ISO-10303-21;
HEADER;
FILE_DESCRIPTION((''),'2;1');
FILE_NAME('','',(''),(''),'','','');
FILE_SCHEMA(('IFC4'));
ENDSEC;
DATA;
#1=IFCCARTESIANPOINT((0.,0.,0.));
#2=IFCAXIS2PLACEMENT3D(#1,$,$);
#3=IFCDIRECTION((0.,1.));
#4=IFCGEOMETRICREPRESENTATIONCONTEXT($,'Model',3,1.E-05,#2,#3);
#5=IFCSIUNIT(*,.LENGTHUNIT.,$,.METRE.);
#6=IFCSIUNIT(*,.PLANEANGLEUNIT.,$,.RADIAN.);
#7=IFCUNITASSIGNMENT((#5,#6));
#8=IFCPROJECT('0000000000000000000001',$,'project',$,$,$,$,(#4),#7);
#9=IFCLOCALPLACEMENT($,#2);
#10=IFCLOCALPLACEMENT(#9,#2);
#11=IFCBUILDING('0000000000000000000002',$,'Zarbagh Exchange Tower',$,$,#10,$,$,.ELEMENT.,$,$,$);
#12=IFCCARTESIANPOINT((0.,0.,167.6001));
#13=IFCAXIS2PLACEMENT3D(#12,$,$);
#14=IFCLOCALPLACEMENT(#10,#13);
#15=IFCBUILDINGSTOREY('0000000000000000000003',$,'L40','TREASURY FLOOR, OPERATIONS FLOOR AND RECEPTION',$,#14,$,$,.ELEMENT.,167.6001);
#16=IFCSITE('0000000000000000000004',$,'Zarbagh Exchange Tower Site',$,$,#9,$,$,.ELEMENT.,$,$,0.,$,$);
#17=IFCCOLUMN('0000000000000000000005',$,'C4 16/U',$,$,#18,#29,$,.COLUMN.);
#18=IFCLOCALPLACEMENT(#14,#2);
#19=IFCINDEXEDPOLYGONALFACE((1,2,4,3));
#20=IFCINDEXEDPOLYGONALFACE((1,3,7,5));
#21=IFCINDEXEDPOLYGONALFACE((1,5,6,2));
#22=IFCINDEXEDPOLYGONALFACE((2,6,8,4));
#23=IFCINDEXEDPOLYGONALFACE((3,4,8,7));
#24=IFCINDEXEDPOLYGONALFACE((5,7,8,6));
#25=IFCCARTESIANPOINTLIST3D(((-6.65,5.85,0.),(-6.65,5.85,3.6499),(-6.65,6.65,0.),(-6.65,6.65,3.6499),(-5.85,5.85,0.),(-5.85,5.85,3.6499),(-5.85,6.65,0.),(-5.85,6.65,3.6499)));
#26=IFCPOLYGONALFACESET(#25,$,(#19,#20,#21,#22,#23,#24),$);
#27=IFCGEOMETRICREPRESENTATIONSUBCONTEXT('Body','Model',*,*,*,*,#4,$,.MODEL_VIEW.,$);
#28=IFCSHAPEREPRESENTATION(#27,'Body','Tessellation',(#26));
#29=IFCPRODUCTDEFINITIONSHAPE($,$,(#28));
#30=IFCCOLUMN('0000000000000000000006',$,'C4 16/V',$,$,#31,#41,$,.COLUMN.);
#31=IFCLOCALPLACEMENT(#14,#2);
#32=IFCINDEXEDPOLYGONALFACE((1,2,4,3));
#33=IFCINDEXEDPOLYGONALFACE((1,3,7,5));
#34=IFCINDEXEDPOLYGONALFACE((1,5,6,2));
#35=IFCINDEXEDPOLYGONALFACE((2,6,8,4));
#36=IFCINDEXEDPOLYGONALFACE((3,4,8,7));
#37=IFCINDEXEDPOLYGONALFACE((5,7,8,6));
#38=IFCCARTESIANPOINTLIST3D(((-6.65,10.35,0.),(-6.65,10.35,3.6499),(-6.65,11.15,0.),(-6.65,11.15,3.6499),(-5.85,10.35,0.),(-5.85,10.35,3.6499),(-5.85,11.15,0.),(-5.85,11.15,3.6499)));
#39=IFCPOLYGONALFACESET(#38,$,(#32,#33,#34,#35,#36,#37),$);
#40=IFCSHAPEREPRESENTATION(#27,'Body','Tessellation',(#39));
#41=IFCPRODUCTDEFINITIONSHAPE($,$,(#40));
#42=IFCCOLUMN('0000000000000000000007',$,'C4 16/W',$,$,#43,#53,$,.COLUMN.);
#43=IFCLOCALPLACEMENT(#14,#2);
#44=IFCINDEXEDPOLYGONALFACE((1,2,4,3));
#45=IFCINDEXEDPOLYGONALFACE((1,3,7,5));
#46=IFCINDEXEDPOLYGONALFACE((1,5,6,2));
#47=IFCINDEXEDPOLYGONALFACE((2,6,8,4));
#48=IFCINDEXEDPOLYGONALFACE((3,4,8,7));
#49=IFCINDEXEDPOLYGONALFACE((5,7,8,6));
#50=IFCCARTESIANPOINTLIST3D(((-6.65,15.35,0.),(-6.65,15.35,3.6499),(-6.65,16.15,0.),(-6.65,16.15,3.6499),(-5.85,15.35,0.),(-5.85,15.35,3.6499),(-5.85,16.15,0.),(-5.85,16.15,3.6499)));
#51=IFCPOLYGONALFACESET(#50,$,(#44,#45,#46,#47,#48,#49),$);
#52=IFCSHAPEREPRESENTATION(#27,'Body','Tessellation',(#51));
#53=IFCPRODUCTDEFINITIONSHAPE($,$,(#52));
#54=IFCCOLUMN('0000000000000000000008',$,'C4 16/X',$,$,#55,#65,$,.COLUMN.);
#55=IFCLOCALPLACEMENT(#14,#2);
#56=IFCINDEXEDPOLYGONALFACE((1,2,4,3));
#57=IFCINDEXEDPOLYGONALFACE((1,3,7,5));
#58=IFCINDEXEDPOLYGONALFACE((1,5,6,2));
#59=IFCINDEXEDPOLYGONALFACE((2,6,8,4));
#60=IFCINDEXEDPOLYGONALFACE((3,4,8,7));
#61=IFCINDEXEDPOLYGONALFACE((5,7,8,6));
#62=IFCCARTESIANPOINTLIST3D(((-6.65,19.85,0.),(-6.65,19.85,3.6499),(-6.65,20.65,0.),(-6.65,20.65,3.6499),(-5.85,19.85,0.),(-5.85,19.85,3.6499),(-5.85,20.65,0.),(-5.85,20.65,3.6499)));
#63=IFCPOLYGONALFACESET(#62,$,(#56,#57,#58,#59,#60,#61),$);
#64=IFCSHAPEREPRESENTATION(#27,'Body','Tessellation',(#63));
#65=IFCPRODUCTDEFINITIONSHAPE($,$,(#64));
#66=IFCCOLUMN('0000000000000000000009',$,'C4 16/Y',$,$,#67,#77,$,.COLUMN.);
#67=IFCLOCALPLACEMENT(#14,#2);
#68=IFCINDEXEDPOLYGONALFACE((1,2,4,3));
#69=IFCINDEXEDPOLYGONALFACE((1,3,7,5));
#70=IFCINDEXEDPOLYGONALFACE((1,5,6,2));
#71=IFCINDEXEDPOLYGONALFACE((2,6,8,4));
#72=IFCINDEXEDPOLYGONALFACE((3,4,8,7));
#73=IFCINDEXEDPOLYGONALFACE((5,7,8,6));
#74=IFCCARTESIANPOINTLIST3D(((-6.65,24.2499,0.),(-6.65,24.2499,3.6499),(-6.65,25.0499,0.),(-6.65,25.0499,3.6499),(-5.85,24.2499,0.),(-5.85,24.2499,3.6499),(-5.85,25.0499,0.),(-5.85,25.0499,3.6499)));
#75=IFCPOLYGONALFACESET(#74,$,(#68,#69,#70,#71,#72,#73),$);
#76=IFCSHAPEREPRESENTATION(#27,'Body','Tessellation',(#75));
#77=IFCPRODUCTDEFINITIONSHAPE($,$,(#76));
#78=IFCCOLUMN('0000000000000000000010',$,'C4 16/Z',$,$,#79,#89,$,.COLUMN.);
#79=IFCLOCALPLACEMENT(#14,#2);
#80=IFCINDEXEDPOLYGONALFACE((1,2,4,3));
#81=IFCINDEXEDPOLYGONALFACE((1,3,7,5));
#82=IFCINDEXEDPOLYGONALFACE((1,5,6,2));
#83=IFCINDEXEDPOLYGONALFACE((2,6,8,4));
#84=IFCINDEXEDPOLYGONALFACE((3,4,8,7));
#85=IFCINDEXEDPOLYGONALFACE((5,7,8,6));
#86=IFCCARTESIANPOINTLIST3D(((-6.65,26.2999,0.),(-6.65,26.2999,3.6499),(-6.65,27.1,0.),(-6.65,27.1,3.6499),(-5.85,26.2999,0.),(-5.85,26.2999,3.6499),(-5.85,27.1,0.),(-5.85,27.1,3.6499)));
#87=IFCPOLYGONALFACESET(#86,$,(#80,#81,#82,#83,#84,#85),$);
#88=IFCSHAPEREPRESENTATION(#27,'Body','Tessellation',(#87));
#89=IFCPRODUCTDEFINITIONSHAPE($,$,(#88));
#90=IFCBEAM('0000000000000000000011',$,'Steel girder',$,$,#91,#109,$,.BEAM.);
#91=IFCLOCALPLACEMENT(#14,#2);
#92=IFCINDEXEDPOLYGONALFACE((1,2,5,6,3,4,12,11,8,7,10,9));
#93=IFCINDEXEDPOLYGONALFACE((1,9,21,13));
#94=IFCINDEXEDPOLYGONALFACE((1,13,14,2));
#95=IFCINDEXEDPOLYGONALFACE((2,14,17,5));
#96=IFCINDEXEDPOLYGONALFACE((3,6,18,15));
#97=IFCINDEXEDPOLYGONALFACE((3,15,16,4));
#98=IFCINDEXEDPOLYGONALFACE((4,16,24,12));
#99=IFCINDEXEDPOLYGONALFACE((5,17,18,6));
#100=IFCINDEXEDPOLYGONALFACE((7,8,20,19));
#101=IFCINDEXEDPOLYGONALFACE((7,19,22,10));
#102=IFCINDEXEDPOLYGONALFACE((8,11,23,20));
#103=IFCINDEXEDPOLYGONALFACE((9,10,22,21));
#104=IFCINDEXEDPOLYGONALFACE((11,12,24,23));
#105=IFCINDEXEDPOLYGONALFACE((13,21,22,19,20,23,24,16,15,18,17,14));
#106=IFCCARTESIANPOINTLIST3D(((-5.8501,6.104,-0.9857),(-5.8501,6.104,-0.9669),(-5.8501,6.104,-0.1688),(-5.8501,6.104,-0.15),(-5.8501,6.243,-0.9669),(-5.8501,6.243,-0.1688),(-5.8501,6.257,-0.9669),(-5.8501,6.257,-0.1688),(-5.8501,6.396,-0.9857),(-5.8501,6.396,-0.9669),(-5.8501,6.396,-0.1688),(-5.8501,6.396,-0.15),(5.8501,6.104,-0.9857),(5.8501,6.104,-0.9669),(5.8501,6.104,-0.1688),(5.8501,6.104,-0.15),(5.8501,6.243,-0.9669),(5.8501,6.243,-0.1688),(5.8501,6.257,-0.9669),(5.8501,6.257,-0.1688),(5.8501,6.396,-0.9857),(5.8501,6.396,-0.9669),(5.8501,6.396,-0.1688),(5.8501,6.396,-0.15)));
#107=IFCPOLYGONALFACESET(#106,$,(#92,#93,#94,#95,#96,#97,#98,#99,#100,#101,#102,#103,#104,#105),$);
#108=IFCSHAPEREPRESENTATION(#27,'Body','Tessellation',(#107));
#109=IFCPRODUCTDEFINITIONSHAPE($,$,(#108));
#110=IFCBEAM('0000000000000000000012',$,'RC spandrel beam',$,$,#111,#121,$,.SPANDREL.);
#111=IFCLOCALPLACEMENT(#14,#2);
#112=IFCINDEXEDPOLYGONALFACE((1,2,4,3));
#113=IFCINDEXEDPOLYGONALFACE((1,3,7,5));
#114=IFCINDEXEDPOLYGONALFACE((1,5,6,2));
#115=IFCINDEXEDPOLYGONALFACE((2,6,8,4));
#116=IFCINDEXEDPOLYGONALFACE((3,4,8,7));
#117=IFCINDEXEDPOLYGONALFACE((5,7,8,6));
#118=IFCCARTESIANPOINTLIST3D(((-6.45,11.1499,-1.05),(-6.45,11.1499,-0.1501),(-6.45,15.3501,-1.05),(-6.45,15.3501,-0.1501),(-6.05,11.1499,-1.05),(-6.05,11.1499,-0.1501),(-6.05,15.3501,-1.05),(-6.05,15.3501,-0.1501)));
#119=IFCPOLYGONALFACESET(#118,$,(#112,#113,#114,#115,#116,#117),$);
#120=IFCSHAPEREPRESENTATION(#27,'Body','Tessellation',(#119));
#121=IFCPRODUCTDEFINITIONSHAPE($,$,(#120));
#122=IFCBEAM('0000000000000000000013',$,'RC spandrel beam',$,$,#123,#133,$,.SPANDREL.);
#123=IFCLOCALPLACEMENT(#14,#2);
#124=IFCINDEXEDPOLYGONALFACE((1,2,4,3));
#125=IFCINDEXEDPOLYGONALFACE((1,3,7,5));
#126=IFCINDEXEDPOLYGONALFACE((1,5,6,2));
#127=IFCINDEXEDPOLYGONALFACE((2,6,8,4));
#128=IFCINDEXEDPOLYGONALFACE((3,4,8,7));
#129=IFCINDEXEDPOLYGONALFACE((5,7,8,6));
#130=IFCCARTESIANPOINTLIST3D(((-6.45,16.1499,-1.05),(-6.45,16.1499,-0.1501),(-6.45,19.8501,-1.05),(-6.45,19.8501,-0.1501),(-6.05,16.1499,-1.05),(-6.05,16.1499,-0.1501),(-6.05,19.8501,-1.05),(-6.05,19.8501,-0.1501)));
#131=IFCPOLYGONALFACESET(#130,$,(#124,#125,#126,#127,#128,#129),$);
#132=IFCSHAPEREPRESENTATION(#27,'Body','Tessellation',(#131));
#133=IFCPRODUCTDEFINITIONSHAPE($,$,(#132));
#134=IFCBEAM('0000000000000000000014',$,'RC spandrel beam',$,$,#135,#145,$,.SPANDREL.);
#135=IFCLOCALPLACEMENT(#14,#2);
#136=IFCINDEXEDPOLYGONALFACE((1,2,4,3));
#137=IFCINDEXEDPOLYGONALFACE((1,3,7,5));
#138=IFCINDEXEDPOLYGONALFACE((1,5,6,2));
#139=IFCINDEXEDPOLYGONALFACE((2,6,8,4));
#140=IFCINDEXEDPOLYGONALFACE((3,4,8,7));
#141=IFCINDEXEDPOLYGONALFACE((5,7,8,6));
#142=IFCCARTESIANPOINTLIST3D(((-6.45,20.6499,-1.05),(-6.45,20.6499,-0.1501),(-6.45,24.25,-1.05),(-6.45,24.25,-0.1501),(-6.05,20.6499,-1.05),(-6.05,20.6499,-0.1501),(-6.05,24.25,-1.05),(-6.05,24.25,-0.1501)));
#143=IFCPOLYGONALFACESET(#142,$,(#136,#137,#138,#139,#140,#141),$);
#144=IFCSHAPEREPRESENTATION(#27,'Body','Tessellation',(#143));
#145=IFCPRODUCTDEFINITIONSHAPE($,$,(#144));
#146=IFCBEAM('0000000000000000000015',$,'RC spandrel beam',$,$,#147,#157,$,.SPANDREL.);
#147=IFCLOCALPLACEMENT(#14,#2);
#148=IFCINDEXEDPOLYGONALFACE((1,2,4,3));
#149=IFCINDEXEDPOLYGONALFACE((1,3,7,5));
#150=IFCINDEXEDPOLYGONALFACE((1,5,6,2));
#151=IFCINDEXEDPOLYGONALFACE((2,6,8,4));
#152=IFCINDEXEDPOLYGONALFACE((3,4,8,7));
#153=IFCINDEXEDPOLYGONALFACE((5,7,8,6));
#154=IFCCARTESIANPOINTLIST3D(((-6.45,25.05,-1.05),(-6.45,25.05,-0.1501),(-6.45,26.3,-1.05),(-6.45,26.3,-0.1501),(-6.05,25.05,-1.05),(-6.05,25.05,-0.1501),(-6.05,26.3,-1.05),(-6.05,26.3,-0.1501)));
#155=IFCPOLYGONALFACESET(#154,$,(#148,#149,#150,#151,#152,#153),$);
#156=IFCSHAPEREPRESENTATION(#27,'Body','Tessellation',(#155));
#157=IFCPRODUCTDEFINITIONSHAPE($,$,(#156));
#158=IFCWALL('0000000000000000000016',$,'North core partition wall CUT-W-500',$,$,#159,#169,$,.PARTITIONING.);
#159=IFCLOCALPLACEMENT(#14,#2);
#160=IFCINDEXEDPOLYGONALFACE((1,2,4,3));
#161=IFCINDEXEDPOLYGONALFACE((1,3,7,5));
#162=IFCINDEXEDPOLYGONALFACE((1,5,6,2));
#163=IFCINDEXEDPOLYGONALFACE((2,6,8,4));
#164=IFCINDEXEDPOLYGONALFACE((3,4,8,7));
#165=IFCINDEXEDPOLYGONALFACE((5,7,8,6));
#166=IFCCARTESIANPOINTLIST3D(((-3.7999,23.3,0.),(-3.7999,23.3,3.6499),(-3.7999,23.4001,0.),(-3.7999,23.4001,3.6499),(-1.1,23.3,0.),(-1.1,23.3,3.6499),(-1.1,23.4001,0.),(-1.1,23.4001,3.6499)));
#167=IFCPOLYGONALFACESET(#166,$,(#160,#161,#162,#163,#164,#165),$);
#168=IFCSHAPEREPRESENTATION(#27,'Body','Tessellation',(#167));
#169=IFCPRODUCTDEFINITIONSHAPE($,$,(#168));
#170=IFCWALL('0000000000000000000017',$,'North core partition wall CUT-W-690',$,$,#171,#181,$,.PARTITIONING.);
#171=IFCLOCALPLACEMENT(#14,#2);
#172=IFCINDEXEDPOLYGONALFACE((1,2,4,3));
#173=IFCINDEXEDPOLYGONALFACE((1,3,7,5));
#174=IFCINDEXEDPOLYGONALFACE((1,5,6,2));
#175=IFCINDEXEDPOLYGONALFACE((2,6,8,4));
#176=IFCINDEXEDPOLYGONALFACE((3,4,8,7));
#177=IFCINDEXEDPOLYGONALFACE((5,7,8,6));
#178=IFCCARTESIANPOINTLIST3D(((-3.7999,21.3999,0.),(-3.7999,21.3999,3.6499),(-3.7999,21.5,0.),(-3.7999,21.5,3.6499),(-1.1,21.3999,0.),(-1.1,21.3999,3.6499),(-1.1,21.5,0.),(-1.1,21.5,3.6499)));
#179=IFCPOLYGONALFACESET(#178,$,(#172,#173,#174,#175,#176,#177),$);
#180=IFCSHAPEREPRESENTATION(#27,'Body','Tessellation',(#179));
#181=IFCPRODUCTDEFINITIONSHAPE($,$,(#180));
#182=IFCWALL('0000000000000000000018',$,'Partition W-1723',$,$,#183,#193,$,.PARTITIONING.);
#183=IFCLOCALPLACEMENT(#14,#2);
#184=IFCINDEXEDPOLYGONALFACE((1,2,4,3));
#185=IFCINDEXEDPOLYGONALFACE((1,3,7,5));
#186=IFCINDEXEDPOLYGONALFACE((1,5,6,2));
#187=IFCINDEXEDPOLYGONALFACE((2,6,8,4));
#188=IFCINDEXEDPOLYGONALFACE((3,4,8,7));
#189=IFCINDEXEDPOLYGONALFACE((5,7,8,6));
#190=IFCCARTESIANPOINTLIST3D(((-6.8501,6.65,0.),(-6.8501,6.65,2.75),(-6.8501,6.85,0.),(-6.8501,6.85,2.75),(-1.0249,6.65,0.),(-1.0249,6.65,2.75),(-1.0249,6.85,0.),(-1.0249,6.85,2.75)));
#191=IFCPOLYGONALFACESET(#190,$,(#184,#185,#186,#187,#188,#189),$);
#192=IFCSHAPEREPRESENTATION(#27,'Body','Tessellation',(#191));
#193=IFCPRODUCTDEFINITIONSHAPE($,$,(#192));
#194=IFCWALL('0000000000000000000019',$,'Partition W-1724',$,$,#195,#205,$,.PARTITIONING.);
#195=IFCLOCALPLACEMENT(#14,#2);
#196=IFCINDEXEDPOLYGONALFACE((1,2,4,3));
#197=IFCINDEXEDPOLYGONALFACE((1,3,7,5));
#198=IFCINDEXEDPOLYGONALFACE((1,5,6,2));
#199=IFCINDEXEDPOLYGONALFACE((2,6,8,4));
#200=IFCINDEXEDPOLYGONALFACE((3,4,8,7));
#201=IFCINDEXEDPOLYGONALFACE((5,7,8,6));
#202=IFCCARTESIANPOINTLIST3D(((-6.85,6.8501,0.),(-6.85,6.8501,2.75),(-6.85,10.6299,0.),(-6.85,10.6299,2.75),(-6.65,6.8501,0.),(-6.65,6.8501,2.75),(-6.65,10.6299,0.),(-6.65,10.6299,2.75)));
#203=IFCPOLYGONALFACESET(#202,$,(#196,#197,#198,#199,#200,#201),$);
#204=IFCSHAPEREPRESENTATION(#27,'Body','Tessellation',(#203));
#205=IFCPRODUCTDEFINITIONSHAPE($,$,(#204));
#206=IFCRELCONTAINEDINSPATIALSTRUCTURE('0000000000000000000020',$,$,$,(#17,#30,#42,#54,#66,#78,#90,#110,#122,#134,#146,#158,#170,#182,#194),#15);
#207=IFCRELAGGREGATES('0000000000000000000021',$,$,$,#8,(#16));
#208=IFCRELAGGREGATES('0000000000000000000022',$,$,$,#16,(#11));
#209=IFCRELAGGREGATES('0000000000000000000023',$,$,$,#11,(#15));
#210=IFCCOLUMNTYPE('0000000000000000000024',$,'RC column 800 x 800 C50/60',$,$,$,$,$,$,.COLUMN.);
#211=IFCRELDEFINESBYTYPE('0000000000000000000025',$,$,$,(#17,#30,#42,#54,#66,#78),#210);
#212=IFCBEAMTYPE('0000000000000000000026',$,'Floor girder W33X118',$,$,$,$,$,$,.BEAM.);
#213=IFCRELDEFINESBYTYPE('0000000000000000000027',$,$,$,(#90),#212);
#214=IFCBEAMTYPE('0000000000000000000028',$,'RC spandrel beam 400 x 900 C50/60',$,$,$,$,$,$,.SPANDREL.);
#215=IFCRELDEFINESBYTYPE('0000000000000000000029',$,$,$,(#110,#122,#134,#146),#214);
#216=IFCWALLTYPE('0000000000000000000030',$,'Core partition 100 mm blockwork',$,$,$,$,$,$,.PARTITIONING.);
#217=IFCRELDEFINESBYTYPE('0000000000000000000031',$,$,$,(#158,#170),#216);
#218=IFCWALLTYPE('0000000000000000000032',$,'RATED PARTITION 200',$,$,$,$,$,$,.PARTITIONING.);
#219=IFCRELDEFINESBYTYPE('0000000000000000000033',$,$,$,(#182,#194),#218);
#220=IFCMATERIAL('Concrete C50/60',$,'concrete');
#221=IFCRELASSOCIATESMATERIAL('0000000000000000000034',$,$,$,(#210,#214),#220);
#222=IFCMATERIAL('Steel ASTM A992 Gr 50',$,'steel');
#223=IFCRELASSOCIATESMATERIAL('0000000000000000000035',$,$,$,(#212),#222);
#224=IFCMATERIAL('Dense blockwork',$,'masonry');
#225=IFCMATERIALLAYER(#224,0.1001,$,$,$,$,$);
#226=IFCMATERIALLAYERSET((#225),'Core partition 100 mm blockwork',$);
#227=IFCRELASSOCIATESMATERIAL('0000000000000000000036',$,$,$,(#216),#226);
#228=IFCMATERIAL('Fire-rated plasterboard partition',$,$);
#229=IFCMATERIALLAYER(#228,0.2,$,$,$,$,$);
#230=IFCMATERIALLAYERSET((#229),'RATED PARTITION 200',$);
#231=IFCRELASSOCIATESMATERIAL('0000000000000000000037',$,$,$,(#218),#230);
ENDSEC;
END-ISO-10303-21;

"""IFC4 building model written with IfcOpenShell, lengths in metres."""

from ifc_helpers import new_model, si_unit, direction, frame, frame_2d, origin, origin_2d, place, context, subcontext, project, spatial, rectangle, i_section, extrude, material, layer, layer_set, material_profile, profile_set, type_object, element, save


model = new_model("IFC4")

# Units and contexts
model_context = context("Model", 3, precision=1e-05, world=origin(), true_north=direction((0.0, 1.0)))
body_context = subcontext(model_context, "Body", "Model", "MODEL_VIEW")
ifc_project = project(units=[si_unit("LENGTHUNIT", "METRE"), si_unit("PLANEANGLEUNIT", "RADIAN")], contexts=[model_context])

# Site, building, storey
site_placement = place(None, origin())
site = spatial("IfcSite", under=ifc_project, at=site_placement, Name="Zarbagh Exchange Tower Site", CompositionType="ELEMENT", RefElevation=0.0)
building_placement = place(site_placement, origin())
building = spatial("IfcBuilding", under=site, at=building_placement, Name="Zarbagh Exchange Tower", CompositionType="ELEMENT")
storey_placement = place(building_placement, frame((0.0, 0.0, 167.6001)))
storey = spatial("IfcBuildingStorey", under=building, at=storey_placement, Name="L40", Description="TREASURY FLOOR, OPERATIONS FLOOR AND RECEPTION", CompositionType="ELEMENT", Elevation=167.6001)

# Columns
ifc_material_1 = material(Name="Concrete C50/60", Category="concrete")
ifc_material_profile_1 = material_profile(ifc_material_1, rectangle(XDim=0.8, YDim=0.8, at=origin_2d()), Name="RC column 800 x 800 C50/60")
ifc_profile_set_1 = profile_set([ifc_material_profile_1], Name="Concrete C50/60")
column_type = type_object("IfcColumnType", Name="RC column 800 x 800 C50/60", PredefinedType="COLUMN", material=ifc_profile_set_1)
for number, where, z_axis, x_axis, name in (
    (1, (-6.25, 6.25, 0.0), (0.0, 0.0, 1.0), (1.0, 0.0, 0.0), "C4 16/U"),
    (2, (-6.25, 10.75, 0.0), (0.0, 0.0, 1.0), (1.0, 0.0, 0.0), "C4 16/V"),
    (3, (-6.25, 15.75, 0.0), (0.0, 0.0, 1.0), (1.0, 0.0, 0.0), "C4 16/W"),
    (4, (-6.25, 20.25, 0.0), (0.0, 0.0, 1.0), (1.0, 0.0, 0.0), "C4 16/X"),
    (5, (-6.25, 24.6499, 0.0), (0.0, 0.0, 1.0), (1.0, 0.0, 0.0), "C4 16/Y"),
    (6, (-6.25, 26.7, 0.0), (0.0, 0.0, 1.0), (1.0, 0.0, 0.0), "C4 16/Z"),
):
    element("IfcColumn", number, at=place(storey_placement, frame(where, z_axis=z_axis, x_axis=x_axis)), inside=storey, type_object=column_type, Name=name, PredefinedType="COLUMN", context=body_context, shape_type="SweptSolid", body=[
        extrude(rectangle(XDim=0.8, YDim=0.8, at=origin_2d()), origin(), (0.0, 0.0, 1.0), 3.6499),
    ])

# Beams
ifc_material_2 = material(Name="Steel ASTM A992 Gr 50", Category="steel")
ifc_material_profile_2 = material_profile(ifc_material_2, i_section(OverallWidth=0.292, OverallDepth=0.8357, WebThickness=0.0139, FlangeThickness=0.0188, at=origin_2d()), Name="W33X118")
ifc_profile_set_2 = profile_set([ifc_material_profile_2], Name="Steel ASTM A992 Gr 50")
beam_type_1 = type_object("IfcBeamType", Name="Floor girder W33X118", PredefinedType="BEAM", material=ifc_profile_set_2)
beam_1_placement = place(storey_placement, frame((-5.8501, 6.25, -0.5679), z_axis=(1.0, 0.0, 0.0), x_axis=(0.0, 1.0, 0.0)))
element("IfcBeam", 7, at=beam_1_placement, inside=storey, type_object=beam_type_1, Name="Steel girder", PredefinedType="BEAM", context=body_context, shape_type="SweptSolid", body=[
    extrude(i_section(OverallWidth=0.292, OverallDepth=0.8357, WebThickness=0.0139, FlangeThickness=0.0188, at=origin_2d()), origin(), (0.0, 0.0, 1.0), 11.7002),
])
ifc_material_profile_3 = material_profile(ifc_material_1, rectangle(XDim=0.3999, YDim=0.8999, at=origin_2d()), Name="RC spandrel beam 400 x 900 C50/60")
ifc_profile_set_3 = profile_set([ifc_material_profile_3], Name="Concrete C50/60")
beam_type_2 = type_object("IfcBeamType", Name="RC spandrel beam 400 x 900 C50/60", PredefinedType="SPANDREL", material=ifc_profile_set_3)
beam_2_placement = place(storey_placement, frame((-6.25, 11.1499, -0.6001), z_axis=(0.0, 1.0, 0.0), x_axis=(-1.0, 0.0, 0.0)))
element("IfcBeam", 8, at=beam_2_placement, inside=storey, type_object=beam_type_2, Name="RC spandrel beam", PredefinedType="SPANDREL", context=body_context, shape_type="SweptSolid", body=[
    extrude(rectangle(XDim=0.3999, YDim=0.8999, at=origin_2d()), origin(), (0.0, 0.0, 1.0), 4.2002),
])
beam_3_placement = place(storey_placement, frame((-6.25, 16.1499, -0.6001), z_axis=(0.0, 1.0, 0.0), x_axis=(-1.0, 0.0, 0.0)))
element("IfcBeam", 9, at=beam_3_placement, inside=storey, type_object=beam_type_2, Name="RC spandrel beam", PredefinedType="SPANDREL", context=body_context, shape_type="SweptSolid", body=[
    extrude(rectangle(XDim=0.3999, YDim=0.8999, at=origin_2d()), origin(), (0.0, 0.0, 1.0), 3.7002),
])
beam_4_placement = place(storey_placement, frame((-6.25, 20.6499, -0.6001), z_axis=(0.0, 1.0, 0.0), x_axis=(-1.0, 0.0, 0.0)))
element("IfcBeam", 10, at=beam_4_placement, inside=storey, type_object=beam_type_2, Name="RC spandrel beam", PredefinedType="SPANDREL", context=body_context, shape_type="SweptSolid", body=[
    extrude(rectangle(XDim=0.3999, YDim=0.8999, at=origin_2d()), origin(), (0.0, 0.0, 1.0), 3.6001),
])
beam_5_placement = place(storey_placement, frame((-6.25, 25.05, -0.6001), z_axis=(0.0, 1.0, 0.0), x_axis=(-1.0, 0.0, 0.0)))
element("IfcBeam", 11, at=beam_5_placement, inside=storey, type_object=beam_type_2, Name="RC spandrel beam", PredefinedType="SPANDREL", context=body_context, shape_type="SweptSolid", body=[
    extrude(rectangle(XDim=0.3999, YDim=0.8999, at=origin_2d()), origin(), (0.0, 0.0, 1.0), 1.25),
])

# Walls
ifc_material_3 = material(Name="Dense blockwork", Category="masonry")
ifc_layer_1 = layer(ifc_material_3, 0.1001)
ifc_layer_set_1 = layer_set([ifc_layer_1], Name="Core partition 100 mm blockwork")
wall_type_1 = type_object("IfcWallType", Name="Core partition 100 mm blockwork", PredefinedType="PARTITIONING", material=ifc_layer_set_1)
for number, where, z_axis, x_axis, name in (
    (12, (-3.8, 23.3501, 0.0), (0.0, 0.0, 1.0), (1.0, 0.0, 0.0), "North core partition wall CUT-W-500"),
    (13, (-3.8, 21.45, 0.0), (0.0, 0.0, 1.0), (1.0, 0.0, 0.0), "North core partition wall CUT-W-690"),
):
    element("IfcWall", number, at=place(storey_placement, frame(where, z_axis=z_axis, x_axis=x_axis)), inside=storey, type_object=wall_type_1, Name=name, PredefinedType="PARTITIONING", context=body_context, shape_type="SweptSolid", body=[
        extrude(rectangle(XDim=2.7, YDim=0.1001, at=frame_2d((1.3501, 0.0))), origin(), (0.0, 0.0, 1.0), 3.6499),
    ])
ifc_material_4 = material(Name="Fire-rated plasterboard partition")
ifc_layer_2 = layer(ifc_material_4, 0.2)
ifc_layer_set_2 = layer_set([ifc_layer_2], Name="RATED PARTITION 200")
wall_type_2 = type_object("IfcWallType", Name="RATED PARTITION 200", PredefinedType="PARTITIONING", material=ifc_layer_set_2)
wall_1_placement = place(storey_placement, frame((-6.8501, 6.75, 0.0), z_axis=(0.0, 0.0, 1.0), x_axis=(1.0, 0.0, 0.0)))
element("IfcWall", 14, at=wall_1_placement, inside=storey, type_object=wall_type_2, Name="Partition W-1723", PredefinedType="PARTITIONING", context=body_context, shape_type="SweptSolid", body=[
    extrude(rectangle(XDim=5.8252, YDim=0.2, at=frame_2d((2.9126, 0.0))), origin(), (0.0, 0.0, 1.0), 2.75),
])
wall_2_placement = place(storey_placement, frame((-6.75, 6.8501, 0.0), z_axis=(0.0, 0.0, 1.0), x_axis=(0.0, 1.0, 0.0)))
element("IfcWall", 15, at=wall_2_placement, inside=storey, type_object=wall_type_2, Name="Partition W-1724", PredefinedType="PARTITIONING", context=body_context, shape_type="SweptSolid", body=[
    extrude(rectangle(XDim=3.7798, YDim=0.2, at=frame_2d((1.8899, 0.0))), origin(), (0.0, 0.0, 1.0), 2.75),
])

save(model, "model.ifc")
